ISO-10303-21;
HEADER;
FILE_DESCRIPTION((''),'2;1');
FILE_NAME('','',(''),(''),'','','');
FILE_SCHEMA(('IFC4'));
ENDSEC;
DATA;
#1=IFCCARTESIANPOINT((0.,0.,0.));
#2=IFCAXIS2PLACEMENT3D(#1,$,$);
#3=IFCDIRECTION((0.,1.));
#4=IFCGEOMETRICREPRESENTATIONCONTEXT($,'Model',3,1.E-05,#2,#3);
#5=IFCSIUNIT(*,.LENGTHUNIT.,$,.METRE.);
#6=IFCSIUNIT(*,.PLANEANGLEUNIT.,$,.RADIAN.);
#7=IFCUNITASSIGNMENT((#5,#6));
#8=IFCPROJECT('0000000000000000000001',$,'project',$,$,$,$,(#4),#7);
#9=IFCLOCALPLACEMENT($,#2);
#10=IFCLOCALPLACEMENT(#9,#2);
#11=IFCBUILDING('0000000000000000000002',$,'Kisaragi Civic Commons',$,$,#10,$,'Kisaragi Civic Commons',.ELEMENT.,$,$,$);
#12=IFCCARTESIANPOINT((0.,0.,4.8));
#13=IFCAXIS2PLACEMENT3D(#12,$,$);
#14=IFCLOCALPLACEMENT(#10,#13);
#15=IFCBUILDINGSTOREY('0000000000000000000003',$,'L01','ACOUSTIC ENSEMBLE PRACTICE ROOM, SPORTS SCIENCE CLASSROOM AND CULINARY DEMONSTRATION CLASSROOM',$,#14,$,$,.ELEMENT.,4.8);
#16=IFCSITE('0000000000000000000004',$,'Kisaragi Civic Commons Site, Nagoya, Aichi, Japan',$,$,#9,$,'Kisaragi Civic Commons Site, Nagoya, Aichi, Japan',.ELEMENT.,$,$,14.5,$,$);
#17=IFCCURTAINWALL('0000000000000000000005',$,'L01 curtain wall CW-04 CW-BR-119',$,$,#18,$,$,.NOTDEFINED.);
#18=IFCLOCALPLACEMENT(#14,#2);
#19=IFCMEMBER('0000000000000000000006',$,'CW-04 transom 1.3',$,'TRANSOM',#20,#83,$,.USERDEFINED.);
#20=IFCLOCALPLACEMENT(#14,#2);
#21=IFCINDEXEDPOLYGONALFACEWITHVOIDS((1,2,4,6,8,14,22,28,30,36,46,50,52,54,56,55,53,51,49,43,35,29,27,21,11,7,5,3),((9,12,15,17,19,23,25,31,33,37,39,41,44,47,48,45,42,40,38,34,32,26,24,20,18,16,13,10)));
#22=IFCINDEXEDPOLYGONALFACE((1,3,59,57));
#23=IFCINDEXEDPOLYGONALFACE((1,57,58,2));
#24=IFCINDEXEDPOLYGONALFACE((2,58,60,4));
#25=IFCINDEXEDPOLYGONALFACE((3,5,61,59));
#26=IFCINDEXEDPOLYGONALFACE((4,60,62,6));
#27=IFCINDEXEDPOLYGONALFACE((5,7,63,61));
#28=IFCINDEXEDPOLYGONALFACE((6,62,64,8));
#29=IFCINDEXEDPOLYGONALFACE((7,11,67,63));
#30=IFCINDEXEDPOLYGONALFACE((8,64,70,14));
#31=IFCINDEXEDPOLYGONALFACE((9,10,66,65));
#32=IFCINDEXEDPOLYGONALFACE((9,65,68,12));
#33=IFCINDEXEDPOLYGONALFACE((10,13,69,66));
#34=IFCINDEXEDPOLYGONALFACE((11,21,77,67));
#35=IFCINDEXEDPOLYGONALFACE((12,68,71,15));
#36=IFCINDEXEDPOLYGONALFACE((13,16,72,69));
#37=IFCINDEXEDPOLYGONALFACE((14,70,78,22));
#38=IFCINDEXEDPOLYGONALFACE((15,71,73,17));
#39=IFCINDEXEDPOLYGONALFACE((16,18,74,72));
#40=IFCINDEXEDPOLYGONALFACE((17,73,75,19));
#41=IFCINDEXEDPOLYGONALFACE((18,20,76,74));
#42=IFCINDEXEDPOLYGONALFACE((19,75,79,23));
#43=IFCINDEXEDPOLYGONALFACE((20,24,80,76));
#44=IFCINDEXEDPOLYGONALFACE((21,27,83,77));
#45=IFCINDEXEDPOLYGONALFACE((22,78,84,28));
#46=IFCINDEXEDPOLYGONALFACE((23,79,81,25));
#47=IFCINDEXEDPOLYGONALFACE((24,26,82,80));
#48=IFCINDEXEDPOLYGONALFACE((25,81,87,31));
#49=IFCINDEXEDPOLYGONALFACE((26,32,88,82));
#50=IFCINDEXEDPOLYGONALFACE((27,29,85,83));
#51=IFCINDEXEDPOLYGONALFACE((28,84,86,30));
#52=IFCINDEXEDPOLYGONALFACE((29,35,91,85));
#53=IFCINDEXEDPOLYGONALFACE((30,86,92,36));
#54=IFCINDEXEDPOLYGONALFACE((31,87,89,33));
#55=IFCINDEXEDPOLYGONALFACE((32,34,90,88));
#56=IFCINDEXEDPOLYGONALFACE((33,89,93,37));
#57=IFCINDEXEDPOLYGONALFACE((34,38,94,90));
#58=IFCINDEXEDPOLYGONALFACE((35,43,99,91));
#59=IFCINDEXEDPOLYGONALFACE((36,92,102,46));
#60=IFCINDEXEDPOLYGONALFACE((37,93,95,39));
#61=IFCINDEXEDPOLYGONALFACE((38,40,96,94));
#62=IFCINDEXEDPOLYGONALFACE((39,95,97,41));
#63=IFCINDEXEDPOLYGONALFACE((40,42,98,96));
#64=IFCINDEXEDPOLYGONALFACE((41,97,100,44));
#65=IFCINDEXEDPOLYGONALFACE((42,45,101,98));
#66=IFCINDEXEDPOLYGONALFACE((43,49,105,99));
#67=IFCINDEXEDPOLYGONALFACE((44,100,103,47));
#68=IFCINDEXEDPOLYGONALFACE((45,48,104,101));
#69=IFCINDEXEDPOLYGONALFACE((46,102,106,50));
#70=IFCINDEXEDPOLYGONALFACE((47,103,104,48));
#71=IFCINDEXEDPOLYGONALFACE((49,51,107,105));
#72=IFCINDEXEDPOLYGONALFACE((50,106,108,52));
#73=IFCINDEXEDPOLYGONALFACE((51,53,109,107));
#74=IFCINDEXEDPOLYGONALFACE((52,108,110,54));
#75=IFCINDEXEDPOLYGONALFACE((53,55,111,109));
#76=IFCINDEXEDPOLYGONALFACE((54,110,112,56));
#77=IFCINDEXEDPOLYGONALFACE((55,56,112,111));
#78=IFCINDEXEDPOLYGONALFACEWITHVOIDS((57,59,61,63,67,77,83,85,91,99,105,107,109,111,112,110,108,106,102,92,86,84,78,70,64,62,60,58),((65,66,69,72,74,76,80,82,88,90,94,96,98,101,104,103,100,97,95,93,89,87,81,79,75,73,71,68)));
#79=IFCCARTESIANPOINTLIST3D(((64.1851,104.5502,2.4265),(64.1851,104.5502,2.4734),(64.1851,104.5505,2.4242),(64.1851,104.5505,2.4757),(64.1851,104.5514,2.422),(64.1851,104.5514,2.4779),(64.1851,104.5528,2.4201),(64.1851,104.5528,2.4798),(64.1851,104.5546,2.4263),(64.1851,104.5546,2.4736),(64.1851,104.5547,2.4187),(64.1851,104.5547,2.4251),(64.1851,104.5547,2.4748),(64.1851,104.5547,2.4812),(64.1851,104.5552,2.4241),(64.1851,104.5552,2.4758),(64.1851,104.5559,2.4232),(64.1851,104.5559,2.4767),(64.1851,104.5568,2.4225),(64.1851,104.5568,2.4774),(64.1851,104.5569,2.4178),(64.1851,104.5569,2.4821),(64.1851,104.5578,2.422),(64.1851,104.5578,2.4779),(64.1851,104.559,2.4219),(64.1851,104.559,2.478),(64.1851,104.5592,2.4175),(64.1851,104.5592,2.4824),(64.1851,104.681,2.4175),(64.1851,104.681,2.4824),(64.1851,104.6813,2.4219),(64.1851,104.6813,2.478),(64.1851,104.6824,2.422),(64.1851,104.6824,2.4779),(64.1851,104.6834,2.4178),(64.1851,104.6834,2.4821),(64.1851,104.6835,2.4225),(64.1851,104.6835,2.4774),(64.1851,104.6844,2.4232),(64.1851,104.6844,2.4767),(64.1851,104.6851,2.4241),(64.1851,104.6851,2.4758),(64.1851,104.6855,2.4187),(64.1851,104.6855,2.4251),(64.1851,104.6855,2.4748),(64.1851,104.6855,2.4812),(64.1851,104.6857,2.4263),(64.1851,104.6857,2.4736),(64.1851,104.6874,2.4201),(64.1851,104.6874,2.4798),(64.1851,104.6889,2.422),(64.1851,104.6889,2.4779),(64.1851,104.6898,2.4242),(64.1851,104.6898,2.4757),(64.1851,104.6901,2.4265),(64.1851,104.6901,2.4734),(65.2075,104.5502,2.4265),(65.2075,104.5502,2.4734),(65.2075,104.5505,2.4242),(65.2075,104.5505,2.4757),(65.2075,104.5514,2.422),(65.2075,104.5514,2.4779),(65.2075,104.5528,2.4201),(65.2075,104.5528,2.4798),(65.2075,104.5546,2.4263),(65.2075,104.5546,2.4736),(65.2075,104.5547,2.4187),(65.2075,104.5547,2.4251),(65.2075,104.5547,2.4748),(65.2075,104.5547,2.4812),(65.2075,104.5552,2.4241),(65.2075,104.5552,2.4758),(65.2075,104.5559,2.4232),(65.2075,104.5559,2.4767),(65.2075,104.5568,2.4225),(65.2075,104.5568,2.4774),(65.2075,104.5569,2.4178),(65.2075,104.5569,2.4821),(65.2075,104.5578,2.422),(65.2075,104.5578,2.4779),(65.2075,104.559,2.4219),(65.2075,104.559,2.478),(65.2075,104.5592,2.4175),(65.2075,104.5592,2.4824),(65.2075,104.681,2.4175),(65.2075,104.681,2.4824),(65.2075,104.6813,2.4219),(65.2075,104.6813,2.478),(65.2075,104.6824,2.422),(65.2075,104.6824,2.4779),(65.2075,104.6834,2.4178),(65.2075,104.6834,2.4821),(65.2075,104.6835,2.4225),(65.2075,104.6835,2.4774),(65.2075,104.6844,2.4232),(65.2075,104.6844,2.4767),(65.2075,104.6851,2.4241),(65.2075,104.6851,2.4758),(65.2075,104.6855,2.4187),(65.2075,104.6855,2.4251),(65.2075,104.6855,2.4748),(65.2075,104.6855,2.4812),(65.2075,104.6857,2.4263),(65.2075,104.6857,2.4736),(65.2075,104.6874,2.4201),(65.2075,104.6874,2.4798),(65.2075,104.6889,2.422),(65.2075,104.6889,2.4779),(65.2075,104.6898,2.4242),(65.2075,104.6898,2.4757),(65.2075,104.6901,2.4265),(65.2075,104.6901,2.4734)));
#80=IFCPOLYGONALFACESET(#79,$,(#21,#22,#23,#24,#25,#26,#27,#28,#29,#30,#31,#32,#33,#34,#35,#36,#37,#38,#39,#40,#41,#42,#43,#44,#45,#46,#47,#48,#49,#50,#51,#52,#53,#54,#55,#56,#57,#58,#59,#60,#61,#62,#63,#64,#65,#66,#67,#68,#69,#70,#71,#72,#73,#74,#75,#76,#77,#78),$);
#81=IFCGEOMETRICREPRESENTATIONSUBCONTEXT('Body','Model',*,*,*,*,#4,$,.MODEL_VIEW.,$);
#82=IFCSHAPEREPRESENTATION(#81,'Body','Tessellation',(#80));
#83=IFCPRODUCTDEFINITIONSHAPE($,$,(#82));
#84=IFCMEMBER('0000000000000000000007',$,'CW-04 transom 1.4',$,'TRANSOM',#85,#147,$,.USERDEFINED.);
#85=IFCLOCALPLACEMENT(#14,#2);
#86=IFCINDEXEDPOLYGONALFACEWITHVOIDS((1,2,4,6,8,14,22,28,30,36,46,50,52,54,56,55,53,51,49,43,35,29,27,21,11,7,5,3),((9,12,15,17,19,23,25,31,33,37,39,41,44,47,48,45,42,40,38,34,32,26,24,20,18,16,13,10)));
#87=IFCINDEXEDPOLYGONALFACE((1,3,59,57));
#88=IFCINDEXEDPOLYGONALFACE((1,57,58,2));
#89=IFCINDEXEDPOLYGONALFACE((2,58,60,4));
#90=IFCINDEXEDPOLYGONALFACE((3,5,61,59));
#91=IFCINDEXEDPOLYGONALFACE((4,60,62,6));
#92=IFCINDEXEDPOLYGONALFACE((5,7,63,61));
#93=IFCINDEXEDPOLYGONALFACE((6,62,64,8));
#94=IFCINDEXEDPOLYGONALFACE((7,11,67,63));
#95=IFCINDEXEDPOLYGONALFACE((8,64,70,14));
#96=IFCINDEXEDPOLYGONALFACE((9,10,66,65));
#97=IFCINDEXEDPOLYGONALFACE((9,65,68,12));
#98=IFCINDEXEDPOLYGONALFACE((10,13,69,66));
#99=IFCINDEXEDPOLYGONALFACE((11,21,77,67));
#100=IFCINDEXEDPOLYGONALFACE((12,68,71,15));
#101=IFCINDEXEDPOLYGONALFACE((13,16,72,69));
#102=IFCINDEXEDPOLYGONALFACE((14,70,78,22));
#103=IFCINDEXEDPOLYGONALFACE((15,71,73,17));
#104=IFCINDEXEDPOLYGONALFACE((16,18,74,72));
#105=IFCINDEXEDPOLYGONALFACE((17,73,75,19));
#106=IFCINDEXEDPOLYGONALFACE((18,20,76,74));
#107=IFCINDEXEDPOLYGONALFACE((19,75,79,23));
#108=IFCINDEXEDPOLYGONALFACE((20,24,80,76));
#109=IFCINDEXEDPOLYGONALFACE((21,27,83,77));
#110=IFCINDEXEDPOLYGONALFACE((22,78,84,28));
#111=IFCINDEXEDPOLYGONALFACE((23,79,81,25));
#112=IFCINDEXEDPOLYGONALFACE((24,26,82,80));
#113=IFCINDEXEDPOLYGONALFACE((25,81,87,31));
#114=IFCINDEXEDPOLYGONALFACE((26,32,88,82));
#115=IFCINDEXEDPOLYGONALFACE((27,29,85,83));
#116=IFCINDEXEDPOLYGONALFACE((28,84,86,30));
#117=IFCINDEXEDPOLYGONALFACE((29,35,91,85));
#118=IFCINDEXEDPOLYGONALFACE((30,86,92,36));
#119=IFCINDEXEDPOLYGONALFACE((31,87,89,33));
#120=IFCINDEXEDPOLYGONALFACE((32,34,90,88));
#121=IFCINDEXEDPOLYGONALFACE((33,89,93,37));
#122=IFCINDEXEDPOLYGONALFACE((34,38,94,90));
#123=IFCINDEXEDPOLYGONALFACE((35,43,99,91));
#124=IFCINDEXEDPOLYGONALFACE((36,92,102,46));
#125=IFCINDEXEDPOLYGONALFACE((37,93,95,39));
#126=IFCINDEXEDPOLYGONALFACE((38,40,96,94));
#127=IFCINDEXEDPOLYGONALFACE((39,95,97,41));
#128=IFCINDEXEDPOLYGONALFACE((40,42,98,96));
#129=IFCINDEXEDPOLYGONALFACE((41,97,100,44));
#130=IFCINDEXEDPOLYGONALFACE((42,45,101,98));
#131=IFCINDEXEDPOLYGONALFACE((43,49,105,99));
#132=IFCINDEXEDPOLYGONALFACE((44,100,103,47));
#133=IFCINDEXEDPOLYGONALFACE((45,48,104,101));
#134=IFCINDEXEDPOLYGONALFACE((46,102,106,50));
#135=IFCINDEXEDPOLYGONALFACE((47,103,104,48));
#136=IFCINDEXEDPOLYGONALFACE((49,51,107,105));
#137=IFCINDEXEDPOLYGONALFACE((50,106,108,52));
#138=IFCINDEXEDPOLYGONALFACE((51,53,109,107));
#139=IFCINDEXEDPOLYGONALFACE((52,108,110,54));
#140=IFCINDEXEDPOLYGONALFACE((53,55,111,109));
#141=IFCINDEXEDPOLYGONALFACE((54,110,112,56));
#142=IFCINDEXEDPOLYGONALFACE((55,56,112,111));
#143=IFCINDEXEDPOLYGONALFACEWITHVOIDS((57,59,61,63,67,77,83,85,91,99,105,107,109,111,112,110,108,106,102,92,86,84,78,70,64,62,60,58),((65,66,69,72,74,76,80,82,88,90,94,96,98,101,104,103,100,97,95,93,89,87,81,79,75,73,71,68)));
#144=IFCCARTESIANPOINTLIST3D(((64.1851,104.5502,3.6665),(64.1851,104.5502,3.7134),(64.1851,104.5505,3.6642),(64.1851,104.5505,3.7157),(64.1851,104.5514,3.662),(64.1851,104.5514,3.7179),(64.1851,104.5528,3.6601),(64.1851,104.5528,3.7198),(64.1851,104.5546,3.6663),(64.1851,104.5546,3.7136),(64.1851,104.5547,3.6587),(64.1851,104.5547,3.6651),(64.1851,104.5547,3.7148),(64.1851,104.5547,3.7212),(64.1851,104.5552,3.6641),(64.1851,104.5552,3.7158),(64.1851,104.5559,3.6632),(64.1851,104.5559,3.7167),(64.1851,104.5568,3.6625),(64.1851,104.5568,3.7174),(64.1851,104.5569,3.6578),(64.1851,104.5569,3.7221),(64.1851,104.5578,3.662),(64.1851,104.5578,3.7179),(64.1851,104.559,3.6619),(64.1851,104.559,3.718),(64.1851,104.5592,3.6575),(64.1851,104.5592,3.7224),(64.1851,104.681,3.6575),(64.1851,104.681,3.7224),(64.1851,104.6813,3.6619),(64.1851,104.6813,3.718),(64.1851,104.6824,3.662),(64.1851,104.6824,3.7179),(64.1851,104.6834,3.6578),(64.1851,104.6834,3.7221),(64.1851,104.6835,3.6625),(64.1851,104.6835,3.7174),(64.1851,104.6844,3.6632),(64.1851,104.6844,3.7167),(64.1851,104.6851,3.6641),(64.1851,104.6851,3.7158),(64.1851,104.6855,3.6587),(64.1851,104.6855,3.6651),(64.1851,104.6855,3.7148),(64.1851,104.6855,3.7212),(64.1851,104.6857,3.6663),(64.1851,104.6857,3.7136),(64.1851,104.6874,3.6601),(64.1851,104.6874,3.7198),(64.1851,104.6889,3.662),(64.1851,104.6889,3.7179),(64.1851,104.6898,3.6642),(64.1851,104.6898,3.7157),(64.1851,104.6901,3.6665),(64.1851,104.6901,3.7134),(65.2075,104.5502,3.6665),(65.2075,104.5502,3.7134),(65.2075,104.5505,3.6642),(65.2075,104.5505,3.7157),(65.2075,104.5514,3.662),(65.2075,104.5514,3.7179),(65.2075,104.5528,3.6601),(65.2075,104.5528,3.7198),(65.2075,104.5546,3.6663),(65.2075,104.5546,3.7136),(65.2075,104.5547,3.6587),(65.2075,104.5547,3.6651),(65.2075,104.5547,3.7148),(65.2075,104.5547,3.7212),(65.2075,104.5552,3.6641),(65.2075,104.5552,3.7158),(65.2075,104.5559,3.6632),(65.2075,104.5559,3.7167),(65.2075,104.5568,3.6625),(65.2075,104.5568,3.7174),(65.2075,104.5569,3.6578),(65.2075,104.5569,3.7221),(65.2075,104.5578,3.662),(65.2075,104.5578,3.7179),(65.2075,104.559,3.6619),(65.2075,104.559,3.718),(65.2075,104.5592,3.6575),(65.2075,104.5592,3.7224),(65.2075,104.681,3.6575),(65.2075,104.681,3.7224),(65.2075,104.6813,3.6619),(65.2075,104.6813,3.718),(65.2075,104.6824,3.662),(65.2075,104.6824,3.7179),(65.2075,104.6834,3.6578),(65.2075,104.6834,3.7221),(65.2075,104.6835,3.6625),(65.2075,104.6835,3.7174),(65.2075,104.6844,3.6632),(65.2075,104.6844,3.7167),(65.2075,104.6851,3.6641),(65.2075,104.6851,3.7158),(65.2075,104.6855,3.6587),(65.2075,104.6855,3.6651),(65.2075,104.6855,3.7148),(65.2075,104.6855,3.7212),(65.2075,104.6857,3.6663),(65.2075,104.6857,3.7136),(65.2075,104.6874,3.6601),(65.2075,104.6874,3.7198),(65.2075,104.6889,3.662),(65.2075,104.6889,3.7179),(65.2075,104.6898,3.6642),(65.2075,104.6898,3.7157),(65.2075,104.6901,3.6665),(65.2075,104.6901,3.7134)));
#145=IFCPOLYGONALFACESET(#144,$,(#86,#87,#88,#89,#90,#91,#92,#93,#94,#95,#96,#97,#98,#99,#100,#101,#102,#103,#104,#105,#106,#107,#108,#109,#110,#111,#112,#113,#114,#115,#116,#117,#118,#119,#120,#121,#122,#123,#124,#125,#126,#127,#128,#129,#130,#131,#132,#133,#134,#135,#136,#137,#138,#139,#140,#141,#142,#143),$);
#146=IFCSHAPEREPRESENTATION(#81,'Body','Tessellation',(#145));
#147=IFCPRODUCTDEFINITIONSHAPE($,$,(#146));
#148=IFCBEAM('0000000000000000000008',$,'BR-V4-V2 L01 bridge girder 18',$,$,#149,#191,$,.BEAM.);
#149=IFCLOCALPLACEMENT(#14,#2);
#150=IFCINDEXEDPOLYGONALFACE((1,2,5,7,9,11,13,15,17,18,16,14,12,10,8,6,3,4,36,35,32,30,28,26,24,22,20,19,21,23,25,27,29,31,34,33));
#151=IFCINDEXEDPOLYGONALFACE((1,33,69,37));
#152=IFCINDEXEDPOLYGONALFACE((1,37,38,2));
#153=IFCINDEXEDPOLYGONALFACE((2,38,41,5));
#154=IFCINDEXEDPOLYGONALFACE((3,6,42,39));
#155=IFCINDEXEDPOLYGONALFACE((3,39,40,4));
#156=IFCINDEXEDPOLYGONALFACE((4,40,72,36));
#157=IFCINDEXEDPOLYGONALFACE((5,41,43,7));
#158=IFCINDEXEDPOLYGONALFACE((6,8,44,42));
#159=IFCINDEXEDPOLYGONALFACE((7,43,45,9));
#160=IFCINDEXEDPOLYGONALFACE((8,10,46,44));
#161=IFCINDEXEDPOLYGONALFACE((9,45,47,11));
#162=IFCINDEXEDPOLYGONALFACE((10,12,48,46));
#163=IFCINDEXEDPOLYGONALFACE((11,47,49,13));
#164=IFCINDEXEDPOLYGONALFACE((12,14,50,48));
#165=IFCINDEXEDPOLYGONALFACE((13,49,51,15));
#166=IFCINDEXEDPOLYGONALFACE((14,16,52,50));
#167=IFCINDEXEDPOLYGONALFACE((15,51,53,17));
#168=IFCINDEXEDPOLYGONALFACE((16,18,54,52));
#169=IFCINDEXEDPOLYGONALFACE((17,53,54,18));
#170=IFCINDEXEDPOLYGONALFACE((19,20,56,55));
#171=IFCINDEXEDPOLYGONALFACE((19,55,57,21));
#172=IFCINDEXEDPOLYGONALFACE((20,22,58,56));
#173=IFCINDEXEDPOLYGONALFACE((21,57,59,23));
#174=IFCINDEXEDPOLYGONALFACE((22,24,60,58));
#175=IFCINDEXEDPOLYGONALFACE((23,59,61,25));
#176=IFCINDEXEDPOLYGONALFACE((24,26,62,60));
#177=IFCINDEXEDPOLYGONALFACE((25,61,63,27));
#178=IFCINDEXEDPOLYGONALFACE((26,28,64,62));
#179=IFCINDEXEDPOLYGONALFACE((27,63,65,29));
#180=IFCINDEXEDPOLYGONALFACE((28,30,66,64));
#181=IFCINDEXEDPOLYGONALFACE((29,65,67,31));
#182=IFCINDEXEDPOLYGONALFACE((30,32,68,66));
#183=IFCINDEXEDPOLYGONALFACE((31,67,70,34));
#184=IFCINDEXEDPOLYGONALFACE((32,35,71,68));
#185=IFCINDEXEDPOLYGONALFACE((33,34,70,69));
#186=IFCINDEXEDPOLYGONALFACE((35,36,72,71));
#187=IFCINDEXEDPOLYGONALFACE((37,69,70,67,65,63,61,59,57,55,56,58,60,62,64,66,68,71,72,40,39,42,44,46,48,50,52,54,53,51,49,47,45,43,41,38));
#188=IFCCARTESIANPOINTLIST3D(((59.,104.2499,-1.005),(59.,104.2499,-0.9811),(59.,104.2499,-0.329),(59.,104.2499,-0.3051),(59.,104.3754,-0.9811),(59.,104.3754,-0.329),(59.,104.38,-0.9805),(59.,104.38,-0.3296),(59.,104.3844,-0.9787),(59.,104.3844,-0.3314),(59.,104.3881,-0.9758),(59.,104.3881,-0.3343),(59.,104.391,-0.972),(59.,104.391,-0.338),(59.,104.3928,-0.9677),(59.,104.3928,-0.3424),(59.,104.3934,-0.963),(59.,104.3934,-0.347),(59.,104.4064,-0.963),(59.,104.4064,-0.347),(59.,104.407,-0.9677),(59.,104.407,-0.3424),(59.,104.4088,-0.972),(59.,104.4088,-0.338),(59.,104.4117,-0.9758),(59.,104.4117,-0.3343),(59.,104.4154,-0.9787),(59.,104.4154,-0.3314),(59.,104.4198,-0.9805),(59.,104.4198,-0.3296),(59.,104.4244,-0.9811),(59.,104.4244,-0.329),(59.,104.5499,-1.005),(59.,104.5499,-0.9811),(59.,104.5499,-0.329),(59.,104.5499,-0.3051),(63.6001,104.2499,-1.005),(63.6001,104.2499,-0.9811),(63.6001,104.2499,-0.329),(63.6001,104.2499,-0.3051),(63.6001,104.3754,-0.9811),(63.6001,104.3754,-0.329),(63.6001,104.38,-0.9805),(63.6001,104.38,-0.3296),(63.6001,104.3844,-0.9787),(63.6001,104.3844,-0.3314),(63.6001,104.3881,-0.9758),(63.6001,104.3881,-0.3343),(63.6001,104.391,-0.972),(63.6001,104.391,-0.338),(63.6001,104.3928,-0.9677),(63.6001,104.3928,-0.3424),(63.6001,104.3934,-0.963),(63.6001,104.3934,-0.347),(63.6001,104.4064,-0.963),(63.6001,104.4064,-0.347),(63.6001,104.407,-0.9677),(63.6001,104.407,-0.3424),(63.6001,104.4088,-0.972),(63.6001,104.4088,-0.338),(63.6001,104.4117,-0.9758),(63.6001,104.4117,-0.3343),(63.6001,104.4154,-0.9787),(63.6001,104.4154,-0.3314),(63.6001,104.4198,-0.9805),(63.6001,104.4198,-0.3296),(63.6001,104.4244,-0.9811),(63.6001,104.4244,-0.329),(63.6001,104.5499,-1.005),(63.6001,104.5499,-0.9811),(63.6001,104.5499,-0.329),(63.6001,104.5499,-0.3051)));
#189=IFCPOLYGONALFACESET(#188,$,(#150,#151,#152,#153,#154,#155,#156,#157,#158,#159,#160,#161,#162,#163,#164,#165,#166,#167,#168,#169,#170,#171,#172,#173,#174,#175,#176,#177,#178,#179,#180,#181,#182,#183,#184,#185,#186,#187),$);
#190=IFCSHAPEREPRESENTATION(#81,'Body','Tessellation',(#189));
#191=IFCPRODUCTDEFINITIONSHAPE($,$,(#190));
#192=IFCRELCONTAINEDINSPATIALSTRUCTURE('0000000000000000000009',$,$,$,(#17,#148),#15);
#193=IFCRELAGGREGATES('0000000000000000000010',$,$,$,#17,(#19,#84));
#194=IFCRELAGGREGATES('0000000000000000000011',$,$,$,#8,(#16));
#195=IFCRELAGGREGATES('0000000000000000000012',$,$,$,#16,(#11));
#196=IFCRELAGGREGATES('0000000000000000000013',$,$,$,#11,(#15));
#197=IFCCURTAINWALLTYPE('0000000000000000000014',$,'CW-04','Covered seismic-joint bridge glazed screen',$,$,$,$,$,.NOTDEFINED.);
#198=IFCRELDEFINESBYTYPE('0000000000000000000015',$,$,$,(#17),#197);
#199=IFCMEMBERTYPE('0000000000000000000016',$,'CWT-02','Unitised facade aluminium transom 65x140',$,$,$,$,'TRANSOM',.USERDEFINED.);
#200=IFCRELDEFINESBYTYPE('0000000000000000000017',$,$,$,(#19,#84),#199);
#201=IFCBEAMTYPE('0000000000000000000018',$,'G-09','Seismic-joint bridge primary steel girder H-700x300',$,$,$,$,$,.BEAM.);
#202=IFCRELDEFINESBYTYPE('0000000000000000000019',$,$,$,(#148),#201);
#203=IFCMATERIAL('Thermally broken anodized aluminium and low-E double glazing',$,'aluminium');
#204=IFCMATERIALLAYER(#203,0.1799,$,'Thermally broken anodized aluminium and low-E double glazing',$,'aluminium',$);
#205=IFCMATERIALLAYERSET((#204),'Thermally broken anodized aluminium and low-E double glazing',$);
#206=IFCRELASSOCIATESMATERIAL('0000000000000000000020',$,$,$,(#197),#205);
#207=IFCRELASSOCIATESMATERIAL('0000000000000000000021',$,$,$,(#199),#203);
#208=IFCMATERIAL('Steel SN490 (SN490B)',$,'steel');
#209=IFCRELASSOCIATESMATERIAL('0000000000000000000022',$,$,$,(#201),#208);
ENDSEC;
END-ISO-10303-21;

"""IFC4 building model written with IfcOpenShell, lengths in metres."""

from ifc_helpers import new_model, si_unit, direction, frame, origin, origin_2d, place, context, subcontext, project, spatial, hollow_rectangle, i_section, extrude, material, layer, layer_set, material_profile, profile_set, type_object, element, aggregate, save


model = new_model("IFC4")

# Units and contexts
model_context = context("Model", 3, precision=1e-05, world=origin(), true_north=direction((0.0, 1.0)))
body_context = subcontext(model_context, "Body", "Model", "MODEL_VIEW")
ifc_project = project(units=[si_unit("LENGTHUNIT", "METRE"), si_unit("PLANEANGLEUNIT", "RADIAN")], contexts=[model_context])

# Site, building, storey
site_placement = place(None, origin())
site = spatial("IfcSite", under=ifc_project, at=site_placement, Name="Kisaragi Civic Commons Site, Nagoya, Aichi, Japan", LongName="Kisaragi Civic Commons Site, Nagoya, Aichi, Japan", CompositionType="ELEMENT", RefElevation=14.5)
building_placement = place(site_placement, origin())
building = spatial("IfcBuilding", under=site, at=building_placement, Name="Kisaragi Civic Commons", LongName="Kisaragi Civic Commons", CompositionType="ELEMENT")
storey_placement = place(building_placement, frame((0.0, 0.0, 4.8)))
storey = spatial("IfcBuildingStorey", under=building, at=storey_placement, Name="L01", Description="ACOUSTIC ENSEMBLE PRACTICE ROOM, SPORTS SCIENCE CLASSROOM AND CULINARY DEMONSTRATION CLASSROOM", CompositionType="ELEMENT", Elevation=4.8)

# Shared definitions
ifc_material_1 = material(Name="Thermally broken anodized aluminium and low-E double glazing", Category="aluminium")
ifc_layer_1 = layer(ifc_material_1, 0.1799, Name="Thermally broken anodized aluminium and low-E double glazing", Category="aluminium")
ifc_layer_set_1 = layer_set([ifc_layer_1], Name="Thermally broken anodized aluminium and low-E double glazing")
curtain_wall_type = type_object("IfcCurtainWallType", Name="CW-04", Description="Covered seismic-joint bridge glazed screen", PredefinedType="NOTDEFINED", material=ifc_layer_set_1)

# Curtain wall
curtain_wall_1_placement = place(storey_placement, origin())
curtain_wall_1 = element("IfcCurtainWall", 1, at=curtain_wall_1_placement, inside=storey, type_object=curtain_wall_type, Name="L01 curtain wall CW-04 CW-BR-119", PredefinedType="NOTDEFINED")

# Members
ifc_material_profile_1 = material_profile(ifc_material_1, hollow_rectangle(XDim=0.1399, YDim=0.0649, WallThickness=0.0044, InnerFilletRadius=0.0044, OuterFilletRadius=0.009, at=origin_2d()), Name="CWT-65x140x4.5", Category="aluminium")
ifc_profile_set_1 = profile_set([ifc_material_profile_1], Name="Thermally broken anodized aluminium and low-E double glazing")
member_type_1 = type_object("IfcMemberType", Name="CWT-02", Description="Unitised facade aluminium transom 65x140", ElementType="TRANSOM", PredefinedType="USERDEFINED", material=ifc_profile_set_1)
member_1_placement = place(storey_placement, frame((64.1851, 104.6201, 2.45), z_axis=(1.0, 0.0, 0.0), x_axis=(0.0, 1.0, 0.0)))
member_1 = element("IfcMember", 2, at=member_1_placement, type_object=member_type_1, Name="CW-04 transom 1.3", ObjectType="TRANSOM", PredefinedType="USERDEFINED", context=body_context, shape_type="SweptSolid", body=[
    extrude(hollow_rectangle(XDim=0.1399, YDim=0.0649, WallThickness=0.0044, InnerFilletRadius=0.0044, OuterFilletRadius=0.009, at=origin_2d()), origin(), (0.0, 0.0, 1.0), 1.0225),
])
member_2_placement = place(storey_placement, frame((64.1851, 104.6201, 3.6899), z_axis=(1.0, 0.0, 0.0), x_axis=(0.0, 1.0, 0.0)))
member_2 = element("IfcMember", 3, at=member_2_placement, type_object=member_type_1, Name="CW-04 transom 1.4", ObjectType="TRANSOM", PredefinedType="USERDEFINED", context=body_context, shape_type="SweptSolid", body=[
    extrude(hollow_rectangle(XDim=0.1399, YDim=0.0649, WallThickness=0.0044, InnerFilletRadius=0.0044, OuterFilletRadius=0.009, at=origin_2d()), origin(), (0.0, 0.0, 1.0), 1.0225),
])

# Beam
ifc_material_2 = material(Name="Steel SN490 (SN490B)", Category="steel")
ifc_material_profile_2 = material_profile(ifc_material_2, i_section(OverallWidth=0.3, OverallDepth=0.7, WebThickness=0.0129, FlangeThickness=0.0239, FilletRadius=0.0181, at=origin_2d()), Name="H-700x300x13x24", Category="steel")
ifc_profile_set_2 = profile_set([ifc_material_profile_2], Name="Steel SN490 (SN490B)")
beam_type_1 = type_object("IfcBeamType", Name="G-09", Description="Seismic-joint bridge primary steel girder H-700x300", PredefinedType="BEAM", material=ifc_profile_set_2)
beam_1_placement = place(storey_placement, frame((63.6001, 104.3999, -0.655), z_axis=(-1.0, 0.0, 0.0), x_axis=(0.0, -1.0, 0.0)))
element("IfcBeam", 4, at=beam_1_placement, inside=storey, type_object=beam_type_1, Name="BR-V4-V2 L01 bridge girder 18", PredefinedType="BEAM", context=body_context, shape_type="SweptSolid", body=[
    extrude(i_section(OverallWidth=0.3, OverallDepth=0.7, WebThickness=0.0129, FlangeThickness=0.0239, FilletRadius=0.0181, at=origin_2d()), origin(), (0.0, 0.0, 1.0), 4.6001),
])

aggregate(curtain_wall_1, [member_1, member_2])

save(model, "model.ifc")
